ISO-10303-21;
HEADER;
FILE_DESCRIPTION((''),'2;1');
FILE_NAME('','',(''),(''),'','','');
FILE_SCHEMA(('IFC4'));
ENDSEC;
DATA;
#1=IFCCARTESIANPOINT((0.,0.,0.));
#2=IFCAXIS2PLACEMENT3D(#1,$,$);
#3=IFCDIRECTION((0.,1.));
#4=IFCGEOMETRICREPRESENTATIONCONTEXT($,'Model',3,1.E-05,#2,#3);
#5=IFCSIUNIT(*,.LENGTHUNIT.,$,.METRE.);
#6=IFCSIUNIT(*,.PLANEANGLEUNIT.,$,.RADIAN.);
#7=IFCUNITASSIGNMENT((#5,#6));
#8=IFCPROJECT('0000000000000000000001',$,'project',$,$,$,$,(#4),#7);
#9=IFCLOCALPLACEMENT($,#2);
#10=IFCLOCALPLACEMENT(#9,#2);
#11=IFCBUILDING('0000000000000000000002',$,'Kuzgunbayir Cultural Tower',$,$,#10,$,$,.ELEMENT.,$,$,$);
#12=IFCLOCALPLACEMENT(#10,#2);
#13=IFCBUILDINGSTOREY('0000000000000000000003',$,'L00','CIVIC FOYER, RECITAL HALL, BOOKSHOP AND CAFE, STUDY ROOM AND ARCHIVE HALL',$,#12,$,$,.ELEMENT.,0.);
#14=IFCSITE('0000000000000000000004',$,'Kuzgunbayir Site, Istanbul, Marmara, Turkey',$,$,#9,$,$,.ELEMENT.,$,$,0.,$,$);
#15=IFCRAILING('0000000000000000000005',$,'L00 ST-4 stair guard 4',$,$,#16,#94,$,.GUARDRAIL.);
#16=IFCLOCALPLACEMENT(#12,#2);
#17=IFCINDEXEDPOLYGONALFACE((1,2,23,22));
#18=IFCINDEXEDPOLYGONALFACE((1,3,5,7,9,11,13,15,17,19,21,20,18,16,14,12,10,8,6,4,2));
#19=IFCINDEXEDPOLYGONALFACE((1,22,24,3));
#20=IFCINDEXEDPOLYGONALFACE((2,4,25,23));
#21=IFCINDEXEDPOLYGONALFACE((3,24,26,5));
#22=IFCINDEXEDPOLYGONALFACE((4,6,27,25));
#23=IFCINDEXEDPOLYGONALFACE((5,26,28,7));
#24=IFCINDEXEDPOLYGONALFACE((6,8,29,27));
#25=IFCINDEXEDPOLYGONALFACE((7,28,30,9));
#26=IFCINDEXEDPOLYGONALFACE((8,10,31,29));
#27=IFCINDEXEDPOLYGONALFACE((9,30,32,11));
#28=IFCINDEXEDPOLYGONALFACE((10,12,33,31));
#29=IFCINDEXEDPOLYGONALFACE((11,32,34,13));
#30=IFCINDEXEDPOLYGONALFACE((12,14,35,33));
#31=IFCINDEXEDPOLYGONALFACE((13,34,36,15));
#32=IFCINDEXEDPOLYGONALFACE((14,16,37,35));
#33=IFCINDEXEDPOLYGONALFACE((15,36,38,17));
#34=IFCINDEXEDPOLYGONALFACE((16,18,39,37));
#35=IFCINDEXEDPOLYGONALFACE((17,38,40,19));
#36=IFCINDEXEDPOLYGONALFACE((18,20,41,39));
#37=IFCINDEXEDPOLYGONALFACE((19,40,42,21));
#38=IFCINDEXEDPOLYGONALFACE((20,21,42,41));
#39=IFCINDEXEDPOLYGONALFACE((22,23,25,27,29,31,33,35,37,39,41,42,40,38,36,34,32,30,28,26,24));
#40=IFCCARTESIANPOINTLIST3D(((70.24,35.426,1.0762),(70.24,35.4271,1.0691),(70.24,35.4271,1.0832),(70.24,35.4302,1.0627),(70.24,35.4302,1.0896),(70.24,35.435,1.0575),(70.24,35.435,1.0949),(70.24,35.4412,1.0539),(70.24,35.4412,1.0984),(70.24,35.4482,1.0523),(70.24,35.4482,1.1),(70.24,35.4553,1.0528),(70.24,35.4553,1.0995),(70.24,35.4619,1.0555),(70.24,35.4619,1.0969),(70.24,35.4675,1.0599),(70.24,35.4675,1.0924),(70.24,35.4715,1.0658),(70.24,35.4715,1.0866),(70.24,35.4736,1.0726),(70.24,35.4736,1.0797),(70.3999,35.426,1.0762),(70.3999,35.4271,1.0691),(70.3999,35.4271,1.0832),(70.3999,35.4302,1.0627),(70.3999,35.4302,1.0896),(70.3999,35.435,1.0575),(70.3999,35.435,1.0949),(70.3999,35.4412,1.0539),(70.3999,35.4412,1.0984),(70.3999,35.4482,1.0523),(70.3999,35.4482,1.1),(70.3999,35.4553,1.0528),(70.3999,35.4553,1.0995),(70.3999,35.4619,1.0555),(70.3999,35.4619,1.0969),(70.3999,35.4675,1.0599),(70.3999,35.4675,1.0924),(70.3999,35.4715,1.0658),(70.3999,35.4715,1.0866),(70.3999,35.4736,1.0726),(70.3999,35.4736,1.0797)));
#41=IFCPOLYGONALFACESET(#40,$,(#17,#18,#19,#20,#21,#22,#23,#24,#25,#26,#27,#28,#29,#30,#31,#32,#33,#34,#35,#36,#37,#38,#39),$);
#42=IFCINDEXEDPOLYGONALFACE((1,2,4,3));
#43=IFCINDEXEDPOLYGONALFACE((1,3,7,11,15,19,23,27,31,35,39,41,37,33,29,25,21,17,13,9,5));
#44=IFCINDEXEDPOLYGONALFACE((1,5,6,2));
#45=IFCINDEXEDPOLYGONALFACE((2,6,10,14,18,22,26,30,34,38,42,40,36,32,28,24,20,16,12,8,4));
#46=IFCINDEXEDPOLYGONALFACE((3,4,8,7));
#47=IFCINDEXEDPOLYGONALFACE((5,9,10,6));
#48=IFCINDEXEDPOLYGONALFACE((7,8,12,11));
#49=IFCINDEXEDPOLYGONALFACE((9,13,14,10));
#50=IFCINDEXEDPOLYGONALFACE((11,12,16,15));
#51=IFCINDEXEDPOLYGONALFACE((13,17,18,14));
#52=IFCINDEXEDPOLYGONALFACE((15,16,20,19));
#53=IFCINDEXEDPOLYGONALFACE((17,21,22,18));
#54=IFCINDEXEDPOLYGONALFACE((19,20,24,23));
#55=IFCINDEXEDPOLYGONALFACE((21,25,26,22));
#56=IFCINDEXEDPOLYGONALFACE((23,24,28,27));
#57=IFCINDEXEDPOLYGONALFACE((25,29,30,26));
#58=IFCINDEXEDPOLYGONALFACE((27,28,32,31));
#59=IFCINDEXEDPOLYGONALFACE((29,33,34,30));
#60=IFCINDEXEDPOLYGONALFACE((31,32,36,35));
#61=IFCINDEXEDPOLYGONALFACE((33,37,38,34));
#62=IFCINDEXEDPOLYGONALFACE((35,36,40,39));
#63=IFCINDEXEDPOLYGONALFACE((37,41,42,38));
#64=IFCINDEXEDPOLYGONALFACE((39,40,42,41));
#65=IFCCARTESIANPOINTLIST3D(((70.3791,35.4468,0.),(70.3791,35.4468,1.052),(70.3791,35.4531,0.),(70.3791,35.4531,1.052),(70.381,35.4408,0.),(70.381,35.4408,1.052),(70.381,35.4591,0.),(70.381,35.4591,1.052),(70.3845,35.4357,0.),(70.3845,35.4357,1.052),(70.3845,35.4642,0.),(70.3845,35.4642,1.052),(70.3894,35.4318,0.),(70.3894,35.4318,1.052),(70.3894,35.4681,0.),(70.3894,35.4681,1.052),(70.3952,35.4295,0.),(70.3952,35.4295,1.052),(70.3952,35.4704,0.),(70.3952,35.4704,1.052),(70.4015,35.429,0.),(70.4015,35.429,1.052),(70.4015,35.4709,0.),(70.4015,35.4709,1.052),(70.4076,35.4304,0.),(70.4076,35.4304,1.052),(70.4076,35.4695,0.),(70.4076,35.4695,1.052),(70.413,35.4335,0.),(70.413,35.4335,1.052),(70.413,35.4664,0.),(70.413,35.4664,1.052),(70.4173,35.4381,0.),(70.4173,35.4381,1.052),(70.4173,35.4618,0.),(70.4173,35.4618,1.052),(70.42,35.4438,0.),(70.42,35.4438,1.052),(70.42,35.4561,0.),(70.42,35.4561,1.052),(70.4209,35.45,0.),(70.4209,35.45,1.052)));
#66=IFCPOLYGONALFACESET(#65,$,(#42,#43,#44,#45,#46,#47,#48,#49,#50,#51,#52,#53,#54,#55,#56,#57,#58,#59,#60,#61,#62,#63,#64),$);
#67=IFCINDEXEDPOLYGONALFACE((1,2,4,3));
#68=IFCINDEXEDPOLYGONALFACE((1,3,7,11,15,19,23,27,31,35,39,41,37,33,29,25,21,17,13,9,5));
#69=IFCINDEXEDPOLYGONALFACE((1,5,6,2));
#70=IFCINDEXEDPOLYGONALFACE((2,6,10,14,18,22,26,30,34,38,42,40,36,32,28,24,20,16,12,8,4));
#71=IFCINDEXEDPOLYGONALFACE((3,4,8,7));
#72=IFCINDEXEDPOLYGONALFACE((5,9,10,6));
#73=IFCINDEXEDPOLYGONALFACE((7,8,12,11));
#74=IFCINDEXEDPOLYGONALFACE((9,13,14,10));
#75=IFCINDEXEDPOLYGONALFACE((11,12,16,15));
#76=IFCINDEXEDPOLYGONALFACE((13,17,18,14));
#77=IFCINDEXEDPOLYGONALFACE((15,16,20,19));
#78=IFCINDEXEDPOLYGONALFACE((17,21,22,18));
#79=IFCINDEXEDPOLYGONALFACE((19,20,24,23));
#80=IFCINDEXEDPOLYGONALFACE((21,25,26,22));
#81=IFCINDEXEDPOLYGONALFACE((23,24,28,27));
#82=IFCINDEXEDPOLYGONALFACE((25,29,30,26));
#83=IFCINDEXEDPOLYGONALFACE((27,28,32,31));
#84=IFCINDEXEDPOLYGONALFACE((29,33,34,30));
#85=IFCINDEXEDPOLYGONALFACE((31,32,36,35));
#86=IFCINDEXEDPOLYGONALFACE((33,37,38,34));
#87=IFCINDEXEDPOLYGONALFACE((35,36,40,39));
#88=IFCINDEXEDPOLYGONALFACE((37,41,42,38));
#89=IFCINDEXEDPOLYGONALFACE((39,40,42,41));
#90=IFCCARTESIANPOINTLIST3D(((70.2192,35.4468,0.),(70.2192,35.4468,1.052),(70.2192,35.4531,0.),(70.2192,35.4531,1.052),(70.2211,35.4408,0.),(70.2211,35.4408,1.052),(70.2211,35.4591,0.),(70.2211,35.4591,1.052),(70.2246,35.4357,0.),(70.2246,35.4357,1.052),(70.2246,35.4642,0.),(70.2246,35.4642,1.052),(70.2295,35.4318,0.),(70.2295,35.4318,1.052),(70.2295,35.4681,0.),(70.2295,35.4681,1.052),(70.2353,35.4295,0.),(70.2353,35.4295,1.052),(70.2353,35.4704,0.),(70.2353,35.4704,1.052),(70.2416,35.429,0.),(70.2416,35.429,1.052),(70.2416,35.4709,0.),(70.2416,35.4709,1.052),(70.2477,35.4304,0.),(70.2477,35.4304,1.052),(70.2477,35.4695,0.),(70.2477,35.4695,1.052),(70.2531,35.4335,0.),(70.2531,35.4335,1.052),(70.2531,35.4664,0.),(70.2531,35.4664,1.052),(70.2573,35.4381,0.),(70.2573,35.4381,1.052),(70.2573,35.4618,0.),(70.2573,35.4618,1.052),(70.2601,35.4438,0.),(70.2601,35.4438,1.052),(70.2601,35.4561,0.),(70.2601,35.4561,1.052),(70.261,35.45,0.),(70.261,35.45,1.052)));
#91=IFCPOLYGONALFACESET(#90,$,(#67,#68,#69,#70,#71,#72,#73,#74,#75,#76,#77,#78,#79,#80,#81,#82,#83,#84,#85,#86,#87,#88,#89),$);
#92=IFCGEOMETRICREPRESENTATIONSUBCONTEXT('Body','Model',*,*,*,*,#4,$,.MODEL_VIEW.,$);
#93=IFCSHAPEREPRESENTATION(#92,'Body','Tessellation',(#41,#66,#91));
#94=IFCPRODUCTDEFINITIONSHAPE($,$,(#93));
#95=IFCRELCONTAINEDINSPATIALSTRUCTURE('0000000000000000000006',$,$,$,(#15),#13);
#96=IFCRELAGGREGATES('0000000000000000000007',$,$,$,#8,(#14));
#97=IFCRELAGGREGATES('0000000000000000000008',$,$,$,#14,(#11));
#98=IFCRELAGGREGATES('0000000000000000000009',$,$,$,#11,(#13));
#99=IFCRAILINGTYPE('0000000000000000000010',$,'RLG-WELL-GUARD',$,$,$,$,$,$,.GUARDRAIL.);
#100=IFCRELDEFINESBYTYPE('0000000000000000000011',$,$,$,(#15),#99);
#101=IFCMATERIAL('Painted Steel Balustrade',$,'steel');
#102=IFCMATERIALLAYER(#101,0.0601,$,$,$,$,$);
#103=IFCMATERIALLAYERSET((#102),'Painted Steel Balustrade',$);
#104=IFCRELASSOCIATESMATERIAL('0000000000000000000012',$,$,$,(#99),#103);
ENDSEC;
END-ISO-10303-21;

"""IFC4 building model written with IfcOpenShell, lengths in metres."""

from ifc_helpers import new_model, si_unit, direction, frame, origin, origin_2d, place, context, subcontext, project, spatial, circle, extrude, material, layer, layer_set, type_object, element, save


model = new_model("IFC4")

# Units and contexts
model_context = context("Model", 3, precision=1e-05, world=origin(), true_north=direction((0.0, 1.0)))
body_context = subcontext(model_context, "Body", "Model", "MODEL_VIEW")
ifc_project = project(units=[si_unit("LENGTHUNIT", "METRE"), si_unit("PLANEANGLEUNIT", "RADIAN")], contexts=[model_context])

# Site, building, storey
site_placement = place(None, origin())
site = spatial("IfcSite", under=ifc_project, at=site_placement, Name="Kuzgunbayir Site, Istanbul, Marmara, Turkey", CompositionType="ELEMENT", RefElevation=0.0)
building_placement = place(site_placement, origin())
building = spatial("IfcBuilding", under=site, at=building_placement, Name="Kuzgunbayir Cultural Tower", CompositionType="ELEMENT")
storey_placement = place(building_placement, origin())
storey = spatial("IfcBuildingStorey", under=building, at=storey_placement, Name="L00", Description="CIVIC FOYER, RECITAL HALL, BOOKSHOP AND CAFE, STUDY ROOM AND ARCHIVE HALL", CompositionType="ELEMENT", Elevation=0.0)

# Railing
ifc_material_1 = material(Name="Painted Steel Balustrade", Category="steel")
ifc_layer_1 = layer(ifc_material_1, 0.0601)
ifc_layer_set_1 = layer_set([ifc_layer_1], Name="Painted Steel Balustrade")
railing_type_1 = type_object("IfcRailingType", Name="RLG-WELL-GUARD", PredefinedType="GUARDRAIL", material=ifc_layer_set_1)
railing_1_placement = place(storey_placement, frame((70.3999, 35.45, 0.0)))
element("IfcRailing", 1, at=railing_1_placement, inside=storey, type_object=railing_type_1, Name="L00 ST-4 stair guard 4", PredefinedType="GUARDRAIL", context=body_context, shape_type="SweptSolid", body=[
    extrude(circle(Radius=0.0239, at=origin_2d()), frame((0.0, 0.0, 1.0762), z_axis=(-1.0, 0.0, 0.0), x_axis=(0.0, -1.0, 0.0)), (0.0, 0.0, 1.0), 0.1599),
    extrude(circle(Radius=0.021, at=origin_2d()), origin(), (0.0, 0.0, 1.0), 1.052),
    extrude(circle(Radius=0.021, at=origin_2d()), frame((-0.1599, 0.0, 0.0)), (0.0, 0.0, 1.0), 1.052),
])

save(model, "model.ifc")
